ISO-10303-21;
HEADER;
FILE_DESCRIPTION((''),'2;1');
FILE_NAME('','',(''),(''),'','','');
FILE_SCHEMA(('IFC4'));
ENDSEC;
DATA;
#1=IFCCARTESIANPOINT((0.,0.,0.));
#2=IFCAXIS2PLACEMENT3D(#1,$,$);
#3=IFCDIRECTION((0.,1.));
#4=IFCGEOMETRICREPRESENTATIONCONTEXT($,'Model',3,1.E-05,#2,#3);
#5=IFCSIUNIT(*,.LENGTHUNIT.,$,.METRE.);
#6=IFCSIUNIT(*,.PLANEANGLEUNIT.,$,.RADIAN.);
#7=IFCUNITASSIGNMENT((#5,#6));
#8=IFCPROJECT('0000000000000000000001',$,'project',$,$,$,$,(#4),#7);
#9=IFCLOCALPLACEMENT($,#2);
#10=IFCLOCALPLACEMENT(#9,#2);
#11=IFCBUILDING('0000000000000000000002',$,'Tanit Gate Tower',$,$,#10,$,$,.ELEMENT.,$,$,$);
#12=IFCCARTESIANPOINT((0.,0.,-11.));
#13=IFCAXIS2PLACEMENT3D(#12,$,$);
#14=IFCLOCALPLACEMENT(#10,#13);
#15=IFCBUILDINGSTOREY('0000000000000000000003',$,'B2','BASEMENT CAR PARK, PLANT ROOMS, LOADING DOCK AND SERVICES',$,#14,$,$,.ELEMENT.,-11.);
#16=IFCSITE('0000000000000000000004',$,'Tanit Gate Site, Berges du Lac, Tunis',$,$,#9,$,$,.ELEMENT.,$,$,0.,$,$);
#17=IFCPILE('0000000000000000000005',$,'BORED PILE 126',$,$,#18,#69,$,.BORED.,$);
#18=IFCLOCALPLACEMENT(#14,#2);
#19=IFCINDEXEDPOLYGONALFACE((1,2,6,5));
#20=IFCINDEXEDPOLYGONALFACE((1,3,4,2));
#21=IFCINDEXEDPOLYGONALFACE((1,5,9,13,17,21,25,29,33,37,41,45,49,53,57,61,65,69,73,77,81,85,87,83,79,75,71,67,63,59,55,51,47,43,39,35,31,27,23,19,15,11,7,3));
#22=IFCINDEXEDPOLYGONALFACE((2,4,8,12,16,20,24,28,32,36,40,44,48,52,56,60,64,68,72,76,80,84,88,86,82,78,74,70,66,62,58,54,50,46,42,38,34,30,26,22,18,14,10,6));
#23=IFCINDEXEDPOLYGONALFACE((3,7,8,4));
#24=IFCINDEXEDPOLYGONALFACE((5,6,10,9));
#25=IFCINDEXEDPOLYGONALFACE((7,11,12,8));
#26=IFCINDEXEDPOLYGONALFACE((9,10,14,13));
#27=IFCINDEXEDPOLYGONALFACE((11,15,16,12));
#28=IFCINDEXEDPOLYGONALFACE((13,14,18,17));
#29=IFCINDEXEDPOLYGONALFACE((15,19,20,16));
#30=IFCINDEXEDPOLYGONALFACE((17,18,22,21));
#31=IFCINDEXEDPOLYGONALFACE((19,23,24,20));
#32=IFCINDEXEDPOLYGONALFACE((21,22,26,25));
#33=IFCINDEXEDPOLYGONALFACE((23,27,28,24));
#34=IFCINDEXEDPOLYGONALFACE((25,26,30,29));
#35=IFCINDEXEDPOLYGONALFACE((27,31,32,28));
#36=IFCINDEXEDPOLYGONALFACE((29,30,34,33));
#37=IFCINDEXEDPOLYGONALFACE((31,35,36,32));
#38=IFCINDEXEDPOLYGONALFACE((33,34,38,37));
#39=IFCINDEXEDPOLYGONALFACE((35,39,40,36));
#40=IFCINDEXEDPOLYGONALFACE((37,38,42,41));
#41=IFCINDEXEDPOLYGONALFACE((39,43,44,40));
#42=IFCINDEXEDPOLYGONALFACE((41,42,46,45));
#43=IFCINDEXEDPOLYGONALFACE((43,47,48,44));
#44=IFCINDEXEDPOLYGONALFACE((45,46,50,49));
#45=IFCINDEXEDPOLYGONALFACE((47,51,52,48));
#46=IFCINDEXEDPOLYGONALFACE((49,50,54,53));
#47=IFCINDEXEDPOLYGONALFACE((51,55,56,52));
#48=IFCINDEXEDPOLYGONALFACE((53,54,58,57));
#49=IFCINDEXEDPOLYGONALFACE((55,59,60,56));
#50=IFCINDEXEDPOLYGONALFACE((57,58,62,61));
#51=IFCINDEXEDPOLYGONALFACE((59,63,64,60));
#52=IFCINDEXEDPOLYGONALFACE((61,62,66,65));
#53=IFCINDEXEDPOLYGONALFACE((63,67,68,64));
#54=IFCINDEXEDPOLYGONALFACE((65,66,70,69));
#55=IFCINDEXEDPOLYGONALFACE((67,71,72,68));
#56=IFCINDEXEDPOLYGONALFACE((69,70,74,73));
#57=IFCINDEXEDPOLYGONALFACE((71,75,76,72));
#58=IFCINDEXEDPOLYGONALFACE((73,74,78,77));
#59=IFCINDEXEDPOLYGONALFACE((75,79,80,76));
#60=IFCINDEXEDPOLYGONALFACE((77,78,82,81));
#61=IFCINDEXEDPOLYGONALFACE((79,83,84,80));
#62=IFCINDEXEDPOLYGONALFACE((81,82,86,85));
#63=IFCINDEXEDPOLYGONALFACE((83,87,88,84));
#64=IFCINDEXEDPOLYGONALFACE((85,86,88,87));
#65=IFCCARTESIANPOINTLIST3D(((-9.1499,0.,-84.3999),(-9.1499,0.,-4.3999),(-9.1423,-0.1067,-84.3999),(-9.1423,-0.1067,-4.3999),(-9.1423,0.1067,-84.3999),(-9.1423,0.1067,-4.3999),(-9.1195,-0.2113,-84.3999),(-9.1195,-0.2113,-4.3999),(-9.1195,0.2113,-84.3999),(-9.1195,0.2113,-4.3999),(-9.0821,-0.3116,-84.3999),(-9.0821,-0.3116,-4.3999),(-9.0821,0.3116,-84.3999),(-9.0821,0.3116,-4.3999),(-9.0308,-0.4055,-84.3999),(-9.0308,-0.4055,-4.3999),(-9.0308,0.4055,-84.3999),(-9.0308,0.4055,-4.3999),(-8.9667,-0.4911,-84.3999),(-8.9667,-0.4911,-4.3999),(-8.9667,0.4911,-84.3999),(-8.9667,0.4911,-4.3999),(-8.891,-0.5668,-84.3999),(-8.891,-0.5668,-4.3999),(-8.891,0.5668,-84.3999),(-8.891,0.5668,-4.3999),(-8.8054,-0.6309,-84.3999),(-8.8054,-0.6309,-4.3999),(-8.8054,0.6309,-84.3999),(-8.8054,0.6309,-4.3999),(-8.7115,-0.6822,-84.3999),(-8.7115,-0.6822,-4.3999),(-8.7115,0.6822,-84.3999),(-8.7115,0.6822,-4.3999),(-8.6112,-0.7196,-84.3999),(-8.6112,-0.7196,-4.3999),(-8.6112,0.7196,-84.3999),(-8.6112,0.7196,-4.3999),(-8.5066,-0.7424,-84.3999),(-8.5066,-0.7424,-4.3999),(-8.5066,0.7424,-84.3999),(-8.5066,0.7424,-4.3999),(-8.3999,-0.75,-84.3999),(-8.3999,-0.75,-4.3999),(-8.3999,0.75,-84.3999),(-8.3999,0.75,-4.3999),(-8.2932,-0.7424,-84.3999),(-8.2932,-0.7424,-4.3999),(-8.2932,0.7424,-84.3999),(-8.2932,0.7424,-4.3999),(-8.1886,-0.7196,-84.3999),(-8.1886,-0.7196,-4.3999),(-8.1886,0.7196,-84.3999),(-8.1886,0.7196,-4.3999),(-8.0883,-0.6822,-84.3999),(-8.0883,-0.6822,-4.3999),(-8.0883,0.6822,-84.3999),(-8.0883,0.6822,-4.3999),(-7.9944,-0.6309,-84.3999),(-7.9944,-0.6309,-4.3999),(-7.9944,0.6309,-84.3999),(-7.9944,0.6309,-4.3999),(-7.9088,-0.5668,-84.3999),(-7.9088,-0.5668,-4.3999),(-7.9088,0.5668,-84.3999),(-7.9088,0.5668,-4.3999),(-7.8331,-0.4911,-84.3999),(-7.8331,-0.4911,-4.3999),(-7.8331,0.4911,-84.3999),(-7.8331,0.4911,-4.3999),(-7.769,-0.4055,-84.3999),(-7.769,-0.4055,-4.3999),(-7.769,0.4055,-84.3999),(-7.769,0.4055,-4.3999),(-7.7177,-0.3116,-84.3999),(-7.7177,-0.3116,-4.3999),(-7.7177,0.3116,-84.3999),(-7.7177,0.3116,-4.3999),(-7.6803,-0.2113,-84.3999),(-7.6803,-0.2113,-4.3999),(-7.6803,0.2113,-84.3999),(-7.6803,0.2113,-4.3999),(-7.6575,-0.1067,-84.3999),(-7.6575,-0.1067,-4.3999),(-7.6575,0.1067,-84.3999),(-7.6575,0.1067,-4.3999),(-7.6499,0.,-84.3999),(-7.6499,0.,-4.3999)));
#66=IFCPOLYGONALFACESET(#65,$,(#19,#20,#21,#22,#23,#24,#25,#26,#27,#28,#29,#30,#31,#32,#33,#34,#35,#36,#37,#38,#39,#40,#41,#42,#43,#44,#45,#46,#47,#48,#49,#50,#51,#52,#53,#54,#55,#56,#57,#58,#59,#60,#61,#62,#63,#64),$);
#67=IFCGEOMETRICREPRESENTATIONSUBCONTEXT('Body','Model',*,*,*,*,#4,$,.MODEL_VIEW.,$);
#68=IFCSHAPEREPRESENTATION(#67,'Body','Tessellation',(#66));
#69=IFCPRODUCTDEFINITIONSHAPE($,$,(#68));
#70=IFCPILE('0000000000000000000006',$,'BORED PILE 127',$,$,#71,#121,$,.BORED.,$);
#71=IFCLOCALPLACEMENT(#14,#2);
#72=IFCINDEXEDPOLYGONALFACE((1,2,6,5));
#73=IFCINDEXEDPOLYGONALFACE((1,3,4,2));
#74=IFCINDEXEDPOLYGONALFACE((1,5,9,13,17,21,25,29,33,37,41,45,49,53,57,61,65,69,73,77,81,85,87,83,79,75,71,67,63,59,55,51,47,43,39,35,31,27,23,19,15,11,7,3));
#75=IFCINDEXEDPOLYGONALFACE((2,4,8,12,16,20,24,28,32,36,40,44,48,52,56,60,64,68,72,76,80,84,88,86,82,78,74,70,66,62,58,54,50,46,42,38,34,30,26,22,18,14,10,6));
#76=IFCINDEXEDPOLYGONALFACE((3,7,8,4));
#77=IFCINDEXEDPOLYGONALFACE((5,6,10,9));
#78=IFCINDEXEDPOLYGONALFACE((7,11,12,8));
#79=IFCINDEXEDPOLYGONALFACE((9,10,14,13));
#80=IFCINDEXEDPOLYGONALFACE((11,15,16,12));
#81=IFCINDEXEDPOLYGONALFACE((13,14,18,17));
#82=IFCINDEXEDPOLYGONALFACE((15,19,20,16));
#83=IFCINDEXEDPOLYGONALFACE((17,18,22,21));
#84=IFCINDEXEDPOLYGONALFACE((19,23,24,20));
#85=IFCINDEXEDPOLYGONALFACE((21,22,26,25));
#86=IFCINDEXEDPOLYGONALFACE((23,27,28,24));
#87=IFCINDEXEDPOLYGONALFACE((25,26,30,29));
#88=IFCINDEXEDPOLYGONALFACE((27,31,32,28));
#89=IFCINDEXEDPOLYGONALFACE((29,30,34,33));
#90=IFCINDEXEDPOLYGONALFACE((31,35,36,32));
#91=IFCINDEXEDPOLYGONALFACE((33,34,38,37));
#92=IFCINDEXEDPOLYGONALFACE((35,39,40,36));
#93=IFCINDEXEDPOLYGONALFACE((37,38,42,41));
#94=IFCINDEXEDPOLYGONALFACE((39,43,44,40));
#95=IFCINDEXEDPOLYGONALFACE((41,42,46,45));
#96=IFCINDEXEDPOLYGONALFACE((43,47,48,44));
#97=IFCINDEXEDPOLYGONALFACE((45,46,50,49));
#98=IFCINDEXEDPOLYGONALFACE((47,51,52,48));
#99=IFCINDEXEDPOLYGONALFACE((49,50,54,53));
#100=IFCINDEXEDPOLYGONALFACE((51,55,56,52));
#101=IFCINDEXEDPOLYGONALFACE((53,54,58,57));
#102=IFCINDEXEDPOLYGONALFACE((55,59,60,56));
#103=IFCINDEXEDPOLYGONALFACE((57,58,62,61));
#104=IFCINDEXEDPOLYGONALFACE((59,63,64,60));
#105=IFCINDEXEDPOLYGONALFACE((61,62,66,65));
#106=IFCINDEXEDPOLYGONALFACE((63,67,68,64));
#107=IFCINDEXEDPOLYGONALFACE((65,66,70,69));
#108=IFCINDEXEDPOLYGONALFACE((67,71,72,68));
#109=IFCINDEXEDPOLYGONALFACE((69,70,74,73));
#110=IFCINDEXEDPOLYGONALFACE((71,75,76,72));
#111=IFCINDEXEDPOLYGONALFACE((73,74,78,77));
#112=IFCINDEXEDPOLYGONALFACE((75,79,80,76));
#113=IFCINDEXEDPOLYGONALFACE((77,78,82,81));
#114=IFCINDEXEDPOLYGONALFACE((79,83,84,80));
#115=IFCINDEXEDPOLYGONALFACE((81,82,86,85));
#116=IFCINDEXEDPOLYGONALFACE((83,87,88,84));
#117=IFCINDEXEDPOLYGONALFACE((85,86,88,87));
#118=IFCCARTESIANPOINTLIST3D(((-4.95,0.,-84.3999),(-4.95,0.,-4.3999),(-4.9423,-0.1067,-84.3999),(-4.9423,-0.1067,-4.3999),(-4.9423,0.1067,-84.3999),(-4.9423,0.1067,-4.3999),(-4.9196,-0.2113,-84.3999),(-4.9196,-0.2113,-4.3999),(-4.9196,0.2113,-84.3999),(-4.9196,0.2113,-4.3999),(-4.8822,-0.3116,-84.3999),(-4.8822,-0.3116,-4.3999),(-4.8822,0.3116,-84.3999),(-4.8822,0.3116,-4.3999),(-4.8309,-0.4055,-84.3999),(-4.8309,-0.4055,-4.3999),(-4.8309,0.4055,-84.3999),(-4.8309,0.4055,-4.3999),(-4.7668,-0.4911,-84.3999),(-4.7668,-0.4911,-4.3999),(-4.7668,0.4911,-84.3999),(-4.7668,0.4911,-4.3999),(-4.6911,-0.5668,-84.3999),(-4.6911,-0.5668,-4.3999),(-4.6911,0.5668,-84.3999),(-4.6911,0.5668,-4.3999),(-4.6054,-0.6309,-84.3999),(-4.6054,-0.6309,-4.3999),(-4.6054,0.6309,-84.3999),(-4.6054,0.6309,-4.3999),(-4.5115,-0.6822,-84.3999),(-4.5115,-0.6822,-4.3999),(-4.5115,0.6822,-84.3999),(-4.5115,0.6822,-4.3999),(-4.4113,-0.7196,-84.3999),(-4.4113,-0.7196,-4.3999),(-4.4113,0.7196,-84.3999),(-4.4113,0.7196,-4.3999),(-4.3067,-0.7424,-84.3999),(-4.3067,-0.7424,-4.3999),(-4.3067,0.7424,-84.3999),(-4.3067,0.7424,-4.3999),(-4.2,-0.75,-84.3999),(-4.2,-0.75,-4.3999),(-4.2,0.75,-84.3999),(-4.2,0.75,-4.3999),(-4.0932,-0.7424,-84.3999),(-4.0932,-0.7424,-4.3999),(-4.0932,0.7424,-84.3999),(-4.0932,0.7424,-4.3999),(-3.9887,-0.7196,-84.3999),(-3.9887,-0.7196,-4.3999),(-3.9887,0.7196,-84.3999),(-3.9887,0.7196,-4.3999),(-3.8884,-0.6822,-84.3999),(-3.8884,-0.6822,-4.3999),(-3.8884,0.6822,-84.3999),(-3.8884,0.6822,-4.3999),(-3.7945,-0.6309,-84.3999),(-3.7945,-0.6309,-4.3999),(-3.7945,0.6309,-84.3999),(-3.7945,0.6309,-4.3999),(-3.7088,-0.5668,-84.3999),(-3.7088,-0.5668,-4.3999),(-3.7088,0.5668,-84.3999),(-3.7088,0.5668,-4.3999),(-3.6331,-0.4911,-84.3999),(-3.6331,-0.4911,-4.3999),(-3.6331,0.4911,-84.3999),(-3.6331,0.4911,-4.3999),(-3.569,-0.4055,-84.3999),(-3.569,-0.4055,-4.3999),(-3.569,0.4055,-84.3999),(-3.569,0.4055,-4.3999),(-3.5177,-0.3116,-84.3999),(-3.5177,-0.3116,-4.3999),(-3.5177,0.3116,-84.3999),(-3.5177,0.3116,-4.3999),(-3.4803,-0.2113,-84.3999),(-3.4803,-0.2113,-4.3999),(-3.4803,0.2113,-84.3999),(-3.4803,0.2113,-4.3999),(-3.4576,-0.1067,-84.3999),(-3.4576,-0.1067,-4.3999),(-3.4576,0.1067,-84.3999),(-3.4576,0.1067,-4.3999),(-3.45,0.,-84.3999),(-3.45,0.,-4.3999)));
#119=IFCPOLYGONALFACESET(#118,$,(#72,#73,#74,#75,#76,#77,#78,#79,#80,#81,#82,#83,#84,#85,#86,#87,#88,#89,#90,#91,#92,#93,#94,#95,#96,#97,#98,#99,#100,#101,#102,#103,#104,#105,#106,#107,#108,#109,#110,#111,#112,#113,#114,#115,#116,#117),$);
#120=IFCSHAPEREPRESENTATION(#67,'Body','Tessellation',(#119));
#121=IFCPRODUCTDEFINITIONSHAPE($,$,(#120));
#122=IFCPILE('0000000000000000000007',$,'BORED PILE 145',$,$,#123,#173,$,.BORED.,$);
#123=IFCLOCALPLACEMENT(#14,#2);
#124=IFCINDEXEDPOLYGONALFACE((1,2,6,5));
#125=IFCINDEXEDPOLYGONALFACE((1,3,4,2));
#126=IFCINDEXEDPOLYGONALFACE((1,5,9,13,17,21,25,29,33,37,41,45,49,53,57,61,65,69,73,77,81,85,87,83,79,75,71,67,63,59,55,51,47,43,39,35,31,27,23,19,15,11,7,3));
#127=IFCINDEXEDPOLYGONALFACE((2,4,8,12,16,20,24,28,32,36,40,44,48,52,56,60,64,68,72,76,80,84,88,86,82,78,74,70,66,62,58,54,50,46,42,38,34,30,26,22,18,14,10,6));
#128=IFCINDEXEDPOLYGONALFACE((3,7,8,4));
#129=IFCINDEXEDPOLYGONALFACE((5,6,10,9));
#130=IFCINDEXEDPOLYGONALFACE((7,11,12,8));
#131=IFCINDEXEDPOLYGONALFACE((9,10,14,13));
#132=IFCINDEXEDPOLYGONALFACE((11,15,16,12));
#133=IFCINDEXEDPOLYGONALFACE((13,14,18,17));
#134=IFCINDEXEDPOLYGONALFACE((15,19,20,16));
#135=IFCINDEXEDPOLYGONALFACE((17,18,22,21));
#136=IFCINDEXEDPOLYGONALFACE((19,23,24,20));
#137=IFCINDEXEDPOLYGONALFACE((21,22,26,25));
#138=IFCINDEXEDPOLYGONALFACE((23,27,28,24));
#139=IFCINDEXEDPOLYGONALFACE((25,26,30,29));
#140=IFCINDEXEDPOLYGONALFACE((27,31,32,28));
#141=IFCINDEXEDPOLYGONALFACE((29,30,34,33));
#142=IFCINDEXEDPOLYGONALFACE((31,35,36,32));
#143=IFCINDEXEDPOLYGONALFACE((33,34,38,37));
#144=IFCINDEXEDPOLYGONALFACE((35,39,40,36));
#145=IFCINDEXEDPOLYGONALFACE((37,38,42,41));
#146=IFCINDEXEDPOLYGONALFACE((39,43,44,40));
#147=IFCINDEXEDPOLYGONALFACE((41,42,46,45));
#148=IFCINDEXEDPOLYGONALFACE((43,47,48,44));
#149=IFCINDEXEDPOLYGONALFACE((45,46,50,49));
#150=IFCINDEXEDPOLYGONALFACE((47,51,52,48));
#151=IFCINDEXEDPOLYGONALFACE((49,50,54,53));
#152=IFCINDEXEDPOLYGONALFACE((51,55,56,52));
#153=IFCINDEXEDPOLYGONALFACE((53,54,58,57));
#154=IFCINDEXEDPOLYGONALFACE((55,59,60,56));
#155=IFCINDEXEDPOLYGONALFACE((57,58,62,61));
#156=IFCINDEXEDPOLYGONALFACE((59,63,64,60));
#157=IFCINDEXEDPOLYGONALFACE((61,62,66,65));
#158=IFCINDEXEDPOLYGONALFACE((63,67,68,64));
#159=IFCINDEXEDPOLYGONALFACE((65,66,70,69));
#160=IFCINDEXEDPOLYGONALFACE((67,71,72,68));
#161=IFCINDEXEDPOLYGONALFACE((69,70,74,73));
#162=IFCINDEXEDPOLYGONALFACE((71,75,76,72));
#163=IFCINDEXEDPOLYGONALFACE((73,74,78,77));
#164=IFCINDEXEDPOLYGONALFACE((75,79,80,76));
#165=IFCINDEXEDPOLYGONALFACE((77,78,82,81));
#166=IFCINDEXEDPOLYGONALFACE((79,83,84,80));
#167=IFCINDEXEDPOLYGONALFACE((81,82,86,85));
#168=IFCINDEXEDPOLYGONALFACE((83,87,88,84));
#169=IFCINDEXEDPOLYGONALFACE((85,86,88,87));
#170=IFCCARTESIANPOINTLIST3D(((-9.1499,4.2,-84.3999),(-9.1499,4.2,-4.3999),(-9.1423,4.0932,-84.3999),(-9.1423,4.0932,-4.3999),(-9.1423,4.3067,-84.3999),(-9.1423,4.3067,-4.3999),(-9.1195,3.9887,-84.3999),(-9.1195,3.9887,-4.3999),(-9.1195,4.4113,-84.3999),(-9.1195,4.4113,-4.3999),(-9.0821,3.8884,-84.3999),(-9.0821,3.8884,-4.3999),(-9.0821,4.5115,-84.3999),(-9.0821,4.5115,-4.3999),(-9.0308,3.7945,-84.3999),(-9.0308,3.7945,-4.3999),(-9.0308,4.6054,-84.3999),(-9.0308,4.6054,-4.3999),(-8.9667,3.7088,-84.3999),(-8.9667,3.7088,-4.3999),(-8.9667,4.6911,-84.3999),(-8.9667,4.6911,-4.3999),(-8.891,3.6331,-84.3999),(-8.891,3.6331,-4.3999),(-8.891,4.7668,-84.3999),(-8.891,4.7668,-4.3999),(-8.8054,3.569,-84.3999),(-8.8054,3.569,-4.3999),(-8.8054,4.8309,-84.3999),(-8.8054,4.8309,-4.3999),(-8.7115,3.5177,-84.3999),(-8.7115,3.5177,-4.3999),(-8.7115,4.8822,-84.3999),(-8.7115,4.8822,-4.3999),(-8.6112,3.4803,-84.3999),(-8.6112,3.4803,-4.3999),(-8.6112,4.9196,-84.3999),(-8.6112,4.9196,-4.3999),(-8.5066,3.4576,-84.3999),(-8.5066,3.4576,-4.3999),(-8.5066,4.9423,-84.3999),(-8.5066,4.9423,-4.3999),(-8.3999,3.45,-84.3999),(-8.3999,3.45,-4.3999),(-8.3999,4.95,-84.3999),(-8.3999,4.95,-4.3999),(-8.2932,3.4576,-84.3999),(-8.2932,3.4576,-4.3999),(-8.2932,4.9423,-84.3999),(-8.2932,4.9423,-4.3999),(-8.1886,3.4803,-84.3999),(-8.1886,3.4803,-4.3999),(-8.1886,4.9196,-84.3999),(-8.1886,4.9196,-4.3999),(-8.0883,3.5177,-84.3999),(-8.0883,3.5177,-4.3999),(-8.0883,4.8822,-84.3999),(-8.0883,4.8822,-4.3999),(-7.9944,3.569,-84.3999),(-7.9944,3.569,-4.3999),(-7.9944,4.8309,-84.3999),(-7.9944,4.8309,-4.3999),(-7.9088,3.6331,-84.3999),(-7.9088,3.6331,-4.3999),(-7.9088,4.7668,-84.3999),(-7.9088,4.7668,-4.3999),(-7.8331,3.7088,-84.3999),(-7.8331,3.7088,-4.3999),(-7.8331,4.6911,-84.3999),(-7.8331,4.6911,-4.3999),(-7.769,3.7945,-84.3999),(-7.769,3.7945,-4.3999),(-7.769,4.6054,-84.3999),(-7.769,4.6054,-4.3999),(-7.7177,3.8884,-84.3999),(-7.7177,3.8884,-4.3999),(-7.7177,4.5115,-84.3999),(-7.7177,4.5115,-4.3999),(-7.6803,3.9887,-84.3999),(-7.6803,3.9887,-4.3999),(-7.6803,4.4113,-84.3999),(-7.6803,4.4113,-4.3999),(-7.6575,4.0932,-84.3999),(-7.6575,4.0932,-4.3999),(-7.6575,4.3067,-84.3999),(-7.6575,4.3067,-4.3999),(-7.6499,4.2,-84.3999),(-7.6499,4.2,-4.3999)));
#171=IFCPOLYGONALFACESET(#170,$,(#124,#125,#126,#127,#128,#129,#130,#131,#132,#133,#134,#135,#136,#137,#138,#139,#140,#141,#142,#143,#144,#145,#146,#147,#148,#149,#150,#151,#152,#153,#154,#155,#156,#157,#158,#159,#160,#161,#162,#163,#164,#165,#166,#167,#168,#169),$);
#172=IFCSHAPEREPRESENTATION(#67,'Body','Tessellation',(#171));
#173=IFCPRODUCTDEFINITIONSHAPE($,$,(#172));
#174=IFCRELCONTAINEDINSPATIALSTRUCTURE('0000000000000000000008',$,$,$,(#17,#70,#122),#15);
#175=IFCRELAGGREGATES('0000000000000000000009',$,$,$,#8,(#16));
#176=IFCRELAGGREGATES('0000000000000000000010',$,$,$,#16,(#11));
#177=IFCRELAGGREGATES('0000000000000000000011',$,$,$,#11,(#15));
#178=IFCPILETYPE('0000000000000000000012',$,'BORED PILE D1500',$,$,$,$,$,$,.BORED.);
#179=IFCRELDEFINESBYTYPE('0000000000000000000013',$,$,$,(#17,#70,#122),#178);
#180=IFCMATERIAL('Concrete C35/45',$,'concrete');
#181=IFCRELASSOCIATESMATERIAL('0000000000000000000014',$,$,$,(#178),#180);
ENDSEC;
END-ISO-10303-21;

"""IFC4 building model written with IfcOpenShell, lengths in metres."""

from ifc_helpers import new_model, si_unit, direction, frame, origin, origin_2d, place, context, subcontext, project, spatial, circle, extrude, material, material_profile, profile_set, type_object, element, save


model = new_model("IFC4")

# Units and contexts
model_context = context("Model", 3, precision=1e-05, world=origin(), true_north=direction((0.0, 1.0)))
body_context = subcontext(model_context, "Body", "Model", "MODEL_VIEW")
ifc_project = project(units=[si_unit("LENGTHUNIT", "METRE"), si_unit("PLANEANGLEUNIT", "RADIAN")], contexts=[model_context])

# Site, building, storey
site_placement = place(None, origin())
site = spatial("IfcSite", under=ifc_project, at=site_placement, Name="Tanit Gate Site, Berges du Lac, Tunis", CompositionType="ELEMENT", RefElevation=0.0)
building_placement = place(site_placement, origin())
building = spatial("IfcBuilding", under=site, at=building_placement, Name="Tanit Gate Tower", CompositionType="ELEMENT")
storey_placement = place(building_placement, frame((0.0, 0.0, -11.0)))
storey = spatial("IfcBuildingStorey", under=building, at=storey_placement, Name="B2", Description="BASEMENT CAR PARK, PLANT ROOMS, LOADING DOCK AND SERVICES", CompositionType="ELEMENT", Elevation=-11.0)

# Piles
ifc_material_1 = material(Name="Concrete C35/45", Category="concrete")
ifc_material_profile = material_profile(ifc_material_1, circle(Radius=0.75, at=origin_2d()), Name="BORED PILE D1500 C35/45")
ifc_profile_set = profile_set([ifc_material_profile], Name="Concrete C35/45")
pile_type = type_object("IfcPileType", Name="BORED PILE D1500", PredefinedType="BORED", material=ifc_profile_set)
for number, where, z_axis, x_axis, name in (
    (1, (-8.3999, 0.0, -4.3999), (0.0, 0.0, -1.0), (1.0, 0.0, 0.0), "BORED PILE 126"),
    (2, (-4.2, 0.0, -4.3999), (0.0, 0.0, -1.0), (1.0, 0.0, 0.0), "BORED PILE 127"),
    (3, (-8.3999, 4.2, -4.3999), (0.0, 0.0, -1.0), (1.0, 0.0, 0.0), "BORED PILE 145"),
):
    element("IfcPile", number, at=place(storey_placement, frame(where, z_axis=z_axis, x_axis=x_axis)), inside=storey, type_object=pile_type, Name=name, PredefinedType="BORED", context=body_context, shape_type="SweptSolid", body=[
        extrude(circle(Radius=0.75, at=origin_2d()), origin(), (0.0, 0.0, 1.0), 80.0),
    ])

save(model, "model.ifc")
